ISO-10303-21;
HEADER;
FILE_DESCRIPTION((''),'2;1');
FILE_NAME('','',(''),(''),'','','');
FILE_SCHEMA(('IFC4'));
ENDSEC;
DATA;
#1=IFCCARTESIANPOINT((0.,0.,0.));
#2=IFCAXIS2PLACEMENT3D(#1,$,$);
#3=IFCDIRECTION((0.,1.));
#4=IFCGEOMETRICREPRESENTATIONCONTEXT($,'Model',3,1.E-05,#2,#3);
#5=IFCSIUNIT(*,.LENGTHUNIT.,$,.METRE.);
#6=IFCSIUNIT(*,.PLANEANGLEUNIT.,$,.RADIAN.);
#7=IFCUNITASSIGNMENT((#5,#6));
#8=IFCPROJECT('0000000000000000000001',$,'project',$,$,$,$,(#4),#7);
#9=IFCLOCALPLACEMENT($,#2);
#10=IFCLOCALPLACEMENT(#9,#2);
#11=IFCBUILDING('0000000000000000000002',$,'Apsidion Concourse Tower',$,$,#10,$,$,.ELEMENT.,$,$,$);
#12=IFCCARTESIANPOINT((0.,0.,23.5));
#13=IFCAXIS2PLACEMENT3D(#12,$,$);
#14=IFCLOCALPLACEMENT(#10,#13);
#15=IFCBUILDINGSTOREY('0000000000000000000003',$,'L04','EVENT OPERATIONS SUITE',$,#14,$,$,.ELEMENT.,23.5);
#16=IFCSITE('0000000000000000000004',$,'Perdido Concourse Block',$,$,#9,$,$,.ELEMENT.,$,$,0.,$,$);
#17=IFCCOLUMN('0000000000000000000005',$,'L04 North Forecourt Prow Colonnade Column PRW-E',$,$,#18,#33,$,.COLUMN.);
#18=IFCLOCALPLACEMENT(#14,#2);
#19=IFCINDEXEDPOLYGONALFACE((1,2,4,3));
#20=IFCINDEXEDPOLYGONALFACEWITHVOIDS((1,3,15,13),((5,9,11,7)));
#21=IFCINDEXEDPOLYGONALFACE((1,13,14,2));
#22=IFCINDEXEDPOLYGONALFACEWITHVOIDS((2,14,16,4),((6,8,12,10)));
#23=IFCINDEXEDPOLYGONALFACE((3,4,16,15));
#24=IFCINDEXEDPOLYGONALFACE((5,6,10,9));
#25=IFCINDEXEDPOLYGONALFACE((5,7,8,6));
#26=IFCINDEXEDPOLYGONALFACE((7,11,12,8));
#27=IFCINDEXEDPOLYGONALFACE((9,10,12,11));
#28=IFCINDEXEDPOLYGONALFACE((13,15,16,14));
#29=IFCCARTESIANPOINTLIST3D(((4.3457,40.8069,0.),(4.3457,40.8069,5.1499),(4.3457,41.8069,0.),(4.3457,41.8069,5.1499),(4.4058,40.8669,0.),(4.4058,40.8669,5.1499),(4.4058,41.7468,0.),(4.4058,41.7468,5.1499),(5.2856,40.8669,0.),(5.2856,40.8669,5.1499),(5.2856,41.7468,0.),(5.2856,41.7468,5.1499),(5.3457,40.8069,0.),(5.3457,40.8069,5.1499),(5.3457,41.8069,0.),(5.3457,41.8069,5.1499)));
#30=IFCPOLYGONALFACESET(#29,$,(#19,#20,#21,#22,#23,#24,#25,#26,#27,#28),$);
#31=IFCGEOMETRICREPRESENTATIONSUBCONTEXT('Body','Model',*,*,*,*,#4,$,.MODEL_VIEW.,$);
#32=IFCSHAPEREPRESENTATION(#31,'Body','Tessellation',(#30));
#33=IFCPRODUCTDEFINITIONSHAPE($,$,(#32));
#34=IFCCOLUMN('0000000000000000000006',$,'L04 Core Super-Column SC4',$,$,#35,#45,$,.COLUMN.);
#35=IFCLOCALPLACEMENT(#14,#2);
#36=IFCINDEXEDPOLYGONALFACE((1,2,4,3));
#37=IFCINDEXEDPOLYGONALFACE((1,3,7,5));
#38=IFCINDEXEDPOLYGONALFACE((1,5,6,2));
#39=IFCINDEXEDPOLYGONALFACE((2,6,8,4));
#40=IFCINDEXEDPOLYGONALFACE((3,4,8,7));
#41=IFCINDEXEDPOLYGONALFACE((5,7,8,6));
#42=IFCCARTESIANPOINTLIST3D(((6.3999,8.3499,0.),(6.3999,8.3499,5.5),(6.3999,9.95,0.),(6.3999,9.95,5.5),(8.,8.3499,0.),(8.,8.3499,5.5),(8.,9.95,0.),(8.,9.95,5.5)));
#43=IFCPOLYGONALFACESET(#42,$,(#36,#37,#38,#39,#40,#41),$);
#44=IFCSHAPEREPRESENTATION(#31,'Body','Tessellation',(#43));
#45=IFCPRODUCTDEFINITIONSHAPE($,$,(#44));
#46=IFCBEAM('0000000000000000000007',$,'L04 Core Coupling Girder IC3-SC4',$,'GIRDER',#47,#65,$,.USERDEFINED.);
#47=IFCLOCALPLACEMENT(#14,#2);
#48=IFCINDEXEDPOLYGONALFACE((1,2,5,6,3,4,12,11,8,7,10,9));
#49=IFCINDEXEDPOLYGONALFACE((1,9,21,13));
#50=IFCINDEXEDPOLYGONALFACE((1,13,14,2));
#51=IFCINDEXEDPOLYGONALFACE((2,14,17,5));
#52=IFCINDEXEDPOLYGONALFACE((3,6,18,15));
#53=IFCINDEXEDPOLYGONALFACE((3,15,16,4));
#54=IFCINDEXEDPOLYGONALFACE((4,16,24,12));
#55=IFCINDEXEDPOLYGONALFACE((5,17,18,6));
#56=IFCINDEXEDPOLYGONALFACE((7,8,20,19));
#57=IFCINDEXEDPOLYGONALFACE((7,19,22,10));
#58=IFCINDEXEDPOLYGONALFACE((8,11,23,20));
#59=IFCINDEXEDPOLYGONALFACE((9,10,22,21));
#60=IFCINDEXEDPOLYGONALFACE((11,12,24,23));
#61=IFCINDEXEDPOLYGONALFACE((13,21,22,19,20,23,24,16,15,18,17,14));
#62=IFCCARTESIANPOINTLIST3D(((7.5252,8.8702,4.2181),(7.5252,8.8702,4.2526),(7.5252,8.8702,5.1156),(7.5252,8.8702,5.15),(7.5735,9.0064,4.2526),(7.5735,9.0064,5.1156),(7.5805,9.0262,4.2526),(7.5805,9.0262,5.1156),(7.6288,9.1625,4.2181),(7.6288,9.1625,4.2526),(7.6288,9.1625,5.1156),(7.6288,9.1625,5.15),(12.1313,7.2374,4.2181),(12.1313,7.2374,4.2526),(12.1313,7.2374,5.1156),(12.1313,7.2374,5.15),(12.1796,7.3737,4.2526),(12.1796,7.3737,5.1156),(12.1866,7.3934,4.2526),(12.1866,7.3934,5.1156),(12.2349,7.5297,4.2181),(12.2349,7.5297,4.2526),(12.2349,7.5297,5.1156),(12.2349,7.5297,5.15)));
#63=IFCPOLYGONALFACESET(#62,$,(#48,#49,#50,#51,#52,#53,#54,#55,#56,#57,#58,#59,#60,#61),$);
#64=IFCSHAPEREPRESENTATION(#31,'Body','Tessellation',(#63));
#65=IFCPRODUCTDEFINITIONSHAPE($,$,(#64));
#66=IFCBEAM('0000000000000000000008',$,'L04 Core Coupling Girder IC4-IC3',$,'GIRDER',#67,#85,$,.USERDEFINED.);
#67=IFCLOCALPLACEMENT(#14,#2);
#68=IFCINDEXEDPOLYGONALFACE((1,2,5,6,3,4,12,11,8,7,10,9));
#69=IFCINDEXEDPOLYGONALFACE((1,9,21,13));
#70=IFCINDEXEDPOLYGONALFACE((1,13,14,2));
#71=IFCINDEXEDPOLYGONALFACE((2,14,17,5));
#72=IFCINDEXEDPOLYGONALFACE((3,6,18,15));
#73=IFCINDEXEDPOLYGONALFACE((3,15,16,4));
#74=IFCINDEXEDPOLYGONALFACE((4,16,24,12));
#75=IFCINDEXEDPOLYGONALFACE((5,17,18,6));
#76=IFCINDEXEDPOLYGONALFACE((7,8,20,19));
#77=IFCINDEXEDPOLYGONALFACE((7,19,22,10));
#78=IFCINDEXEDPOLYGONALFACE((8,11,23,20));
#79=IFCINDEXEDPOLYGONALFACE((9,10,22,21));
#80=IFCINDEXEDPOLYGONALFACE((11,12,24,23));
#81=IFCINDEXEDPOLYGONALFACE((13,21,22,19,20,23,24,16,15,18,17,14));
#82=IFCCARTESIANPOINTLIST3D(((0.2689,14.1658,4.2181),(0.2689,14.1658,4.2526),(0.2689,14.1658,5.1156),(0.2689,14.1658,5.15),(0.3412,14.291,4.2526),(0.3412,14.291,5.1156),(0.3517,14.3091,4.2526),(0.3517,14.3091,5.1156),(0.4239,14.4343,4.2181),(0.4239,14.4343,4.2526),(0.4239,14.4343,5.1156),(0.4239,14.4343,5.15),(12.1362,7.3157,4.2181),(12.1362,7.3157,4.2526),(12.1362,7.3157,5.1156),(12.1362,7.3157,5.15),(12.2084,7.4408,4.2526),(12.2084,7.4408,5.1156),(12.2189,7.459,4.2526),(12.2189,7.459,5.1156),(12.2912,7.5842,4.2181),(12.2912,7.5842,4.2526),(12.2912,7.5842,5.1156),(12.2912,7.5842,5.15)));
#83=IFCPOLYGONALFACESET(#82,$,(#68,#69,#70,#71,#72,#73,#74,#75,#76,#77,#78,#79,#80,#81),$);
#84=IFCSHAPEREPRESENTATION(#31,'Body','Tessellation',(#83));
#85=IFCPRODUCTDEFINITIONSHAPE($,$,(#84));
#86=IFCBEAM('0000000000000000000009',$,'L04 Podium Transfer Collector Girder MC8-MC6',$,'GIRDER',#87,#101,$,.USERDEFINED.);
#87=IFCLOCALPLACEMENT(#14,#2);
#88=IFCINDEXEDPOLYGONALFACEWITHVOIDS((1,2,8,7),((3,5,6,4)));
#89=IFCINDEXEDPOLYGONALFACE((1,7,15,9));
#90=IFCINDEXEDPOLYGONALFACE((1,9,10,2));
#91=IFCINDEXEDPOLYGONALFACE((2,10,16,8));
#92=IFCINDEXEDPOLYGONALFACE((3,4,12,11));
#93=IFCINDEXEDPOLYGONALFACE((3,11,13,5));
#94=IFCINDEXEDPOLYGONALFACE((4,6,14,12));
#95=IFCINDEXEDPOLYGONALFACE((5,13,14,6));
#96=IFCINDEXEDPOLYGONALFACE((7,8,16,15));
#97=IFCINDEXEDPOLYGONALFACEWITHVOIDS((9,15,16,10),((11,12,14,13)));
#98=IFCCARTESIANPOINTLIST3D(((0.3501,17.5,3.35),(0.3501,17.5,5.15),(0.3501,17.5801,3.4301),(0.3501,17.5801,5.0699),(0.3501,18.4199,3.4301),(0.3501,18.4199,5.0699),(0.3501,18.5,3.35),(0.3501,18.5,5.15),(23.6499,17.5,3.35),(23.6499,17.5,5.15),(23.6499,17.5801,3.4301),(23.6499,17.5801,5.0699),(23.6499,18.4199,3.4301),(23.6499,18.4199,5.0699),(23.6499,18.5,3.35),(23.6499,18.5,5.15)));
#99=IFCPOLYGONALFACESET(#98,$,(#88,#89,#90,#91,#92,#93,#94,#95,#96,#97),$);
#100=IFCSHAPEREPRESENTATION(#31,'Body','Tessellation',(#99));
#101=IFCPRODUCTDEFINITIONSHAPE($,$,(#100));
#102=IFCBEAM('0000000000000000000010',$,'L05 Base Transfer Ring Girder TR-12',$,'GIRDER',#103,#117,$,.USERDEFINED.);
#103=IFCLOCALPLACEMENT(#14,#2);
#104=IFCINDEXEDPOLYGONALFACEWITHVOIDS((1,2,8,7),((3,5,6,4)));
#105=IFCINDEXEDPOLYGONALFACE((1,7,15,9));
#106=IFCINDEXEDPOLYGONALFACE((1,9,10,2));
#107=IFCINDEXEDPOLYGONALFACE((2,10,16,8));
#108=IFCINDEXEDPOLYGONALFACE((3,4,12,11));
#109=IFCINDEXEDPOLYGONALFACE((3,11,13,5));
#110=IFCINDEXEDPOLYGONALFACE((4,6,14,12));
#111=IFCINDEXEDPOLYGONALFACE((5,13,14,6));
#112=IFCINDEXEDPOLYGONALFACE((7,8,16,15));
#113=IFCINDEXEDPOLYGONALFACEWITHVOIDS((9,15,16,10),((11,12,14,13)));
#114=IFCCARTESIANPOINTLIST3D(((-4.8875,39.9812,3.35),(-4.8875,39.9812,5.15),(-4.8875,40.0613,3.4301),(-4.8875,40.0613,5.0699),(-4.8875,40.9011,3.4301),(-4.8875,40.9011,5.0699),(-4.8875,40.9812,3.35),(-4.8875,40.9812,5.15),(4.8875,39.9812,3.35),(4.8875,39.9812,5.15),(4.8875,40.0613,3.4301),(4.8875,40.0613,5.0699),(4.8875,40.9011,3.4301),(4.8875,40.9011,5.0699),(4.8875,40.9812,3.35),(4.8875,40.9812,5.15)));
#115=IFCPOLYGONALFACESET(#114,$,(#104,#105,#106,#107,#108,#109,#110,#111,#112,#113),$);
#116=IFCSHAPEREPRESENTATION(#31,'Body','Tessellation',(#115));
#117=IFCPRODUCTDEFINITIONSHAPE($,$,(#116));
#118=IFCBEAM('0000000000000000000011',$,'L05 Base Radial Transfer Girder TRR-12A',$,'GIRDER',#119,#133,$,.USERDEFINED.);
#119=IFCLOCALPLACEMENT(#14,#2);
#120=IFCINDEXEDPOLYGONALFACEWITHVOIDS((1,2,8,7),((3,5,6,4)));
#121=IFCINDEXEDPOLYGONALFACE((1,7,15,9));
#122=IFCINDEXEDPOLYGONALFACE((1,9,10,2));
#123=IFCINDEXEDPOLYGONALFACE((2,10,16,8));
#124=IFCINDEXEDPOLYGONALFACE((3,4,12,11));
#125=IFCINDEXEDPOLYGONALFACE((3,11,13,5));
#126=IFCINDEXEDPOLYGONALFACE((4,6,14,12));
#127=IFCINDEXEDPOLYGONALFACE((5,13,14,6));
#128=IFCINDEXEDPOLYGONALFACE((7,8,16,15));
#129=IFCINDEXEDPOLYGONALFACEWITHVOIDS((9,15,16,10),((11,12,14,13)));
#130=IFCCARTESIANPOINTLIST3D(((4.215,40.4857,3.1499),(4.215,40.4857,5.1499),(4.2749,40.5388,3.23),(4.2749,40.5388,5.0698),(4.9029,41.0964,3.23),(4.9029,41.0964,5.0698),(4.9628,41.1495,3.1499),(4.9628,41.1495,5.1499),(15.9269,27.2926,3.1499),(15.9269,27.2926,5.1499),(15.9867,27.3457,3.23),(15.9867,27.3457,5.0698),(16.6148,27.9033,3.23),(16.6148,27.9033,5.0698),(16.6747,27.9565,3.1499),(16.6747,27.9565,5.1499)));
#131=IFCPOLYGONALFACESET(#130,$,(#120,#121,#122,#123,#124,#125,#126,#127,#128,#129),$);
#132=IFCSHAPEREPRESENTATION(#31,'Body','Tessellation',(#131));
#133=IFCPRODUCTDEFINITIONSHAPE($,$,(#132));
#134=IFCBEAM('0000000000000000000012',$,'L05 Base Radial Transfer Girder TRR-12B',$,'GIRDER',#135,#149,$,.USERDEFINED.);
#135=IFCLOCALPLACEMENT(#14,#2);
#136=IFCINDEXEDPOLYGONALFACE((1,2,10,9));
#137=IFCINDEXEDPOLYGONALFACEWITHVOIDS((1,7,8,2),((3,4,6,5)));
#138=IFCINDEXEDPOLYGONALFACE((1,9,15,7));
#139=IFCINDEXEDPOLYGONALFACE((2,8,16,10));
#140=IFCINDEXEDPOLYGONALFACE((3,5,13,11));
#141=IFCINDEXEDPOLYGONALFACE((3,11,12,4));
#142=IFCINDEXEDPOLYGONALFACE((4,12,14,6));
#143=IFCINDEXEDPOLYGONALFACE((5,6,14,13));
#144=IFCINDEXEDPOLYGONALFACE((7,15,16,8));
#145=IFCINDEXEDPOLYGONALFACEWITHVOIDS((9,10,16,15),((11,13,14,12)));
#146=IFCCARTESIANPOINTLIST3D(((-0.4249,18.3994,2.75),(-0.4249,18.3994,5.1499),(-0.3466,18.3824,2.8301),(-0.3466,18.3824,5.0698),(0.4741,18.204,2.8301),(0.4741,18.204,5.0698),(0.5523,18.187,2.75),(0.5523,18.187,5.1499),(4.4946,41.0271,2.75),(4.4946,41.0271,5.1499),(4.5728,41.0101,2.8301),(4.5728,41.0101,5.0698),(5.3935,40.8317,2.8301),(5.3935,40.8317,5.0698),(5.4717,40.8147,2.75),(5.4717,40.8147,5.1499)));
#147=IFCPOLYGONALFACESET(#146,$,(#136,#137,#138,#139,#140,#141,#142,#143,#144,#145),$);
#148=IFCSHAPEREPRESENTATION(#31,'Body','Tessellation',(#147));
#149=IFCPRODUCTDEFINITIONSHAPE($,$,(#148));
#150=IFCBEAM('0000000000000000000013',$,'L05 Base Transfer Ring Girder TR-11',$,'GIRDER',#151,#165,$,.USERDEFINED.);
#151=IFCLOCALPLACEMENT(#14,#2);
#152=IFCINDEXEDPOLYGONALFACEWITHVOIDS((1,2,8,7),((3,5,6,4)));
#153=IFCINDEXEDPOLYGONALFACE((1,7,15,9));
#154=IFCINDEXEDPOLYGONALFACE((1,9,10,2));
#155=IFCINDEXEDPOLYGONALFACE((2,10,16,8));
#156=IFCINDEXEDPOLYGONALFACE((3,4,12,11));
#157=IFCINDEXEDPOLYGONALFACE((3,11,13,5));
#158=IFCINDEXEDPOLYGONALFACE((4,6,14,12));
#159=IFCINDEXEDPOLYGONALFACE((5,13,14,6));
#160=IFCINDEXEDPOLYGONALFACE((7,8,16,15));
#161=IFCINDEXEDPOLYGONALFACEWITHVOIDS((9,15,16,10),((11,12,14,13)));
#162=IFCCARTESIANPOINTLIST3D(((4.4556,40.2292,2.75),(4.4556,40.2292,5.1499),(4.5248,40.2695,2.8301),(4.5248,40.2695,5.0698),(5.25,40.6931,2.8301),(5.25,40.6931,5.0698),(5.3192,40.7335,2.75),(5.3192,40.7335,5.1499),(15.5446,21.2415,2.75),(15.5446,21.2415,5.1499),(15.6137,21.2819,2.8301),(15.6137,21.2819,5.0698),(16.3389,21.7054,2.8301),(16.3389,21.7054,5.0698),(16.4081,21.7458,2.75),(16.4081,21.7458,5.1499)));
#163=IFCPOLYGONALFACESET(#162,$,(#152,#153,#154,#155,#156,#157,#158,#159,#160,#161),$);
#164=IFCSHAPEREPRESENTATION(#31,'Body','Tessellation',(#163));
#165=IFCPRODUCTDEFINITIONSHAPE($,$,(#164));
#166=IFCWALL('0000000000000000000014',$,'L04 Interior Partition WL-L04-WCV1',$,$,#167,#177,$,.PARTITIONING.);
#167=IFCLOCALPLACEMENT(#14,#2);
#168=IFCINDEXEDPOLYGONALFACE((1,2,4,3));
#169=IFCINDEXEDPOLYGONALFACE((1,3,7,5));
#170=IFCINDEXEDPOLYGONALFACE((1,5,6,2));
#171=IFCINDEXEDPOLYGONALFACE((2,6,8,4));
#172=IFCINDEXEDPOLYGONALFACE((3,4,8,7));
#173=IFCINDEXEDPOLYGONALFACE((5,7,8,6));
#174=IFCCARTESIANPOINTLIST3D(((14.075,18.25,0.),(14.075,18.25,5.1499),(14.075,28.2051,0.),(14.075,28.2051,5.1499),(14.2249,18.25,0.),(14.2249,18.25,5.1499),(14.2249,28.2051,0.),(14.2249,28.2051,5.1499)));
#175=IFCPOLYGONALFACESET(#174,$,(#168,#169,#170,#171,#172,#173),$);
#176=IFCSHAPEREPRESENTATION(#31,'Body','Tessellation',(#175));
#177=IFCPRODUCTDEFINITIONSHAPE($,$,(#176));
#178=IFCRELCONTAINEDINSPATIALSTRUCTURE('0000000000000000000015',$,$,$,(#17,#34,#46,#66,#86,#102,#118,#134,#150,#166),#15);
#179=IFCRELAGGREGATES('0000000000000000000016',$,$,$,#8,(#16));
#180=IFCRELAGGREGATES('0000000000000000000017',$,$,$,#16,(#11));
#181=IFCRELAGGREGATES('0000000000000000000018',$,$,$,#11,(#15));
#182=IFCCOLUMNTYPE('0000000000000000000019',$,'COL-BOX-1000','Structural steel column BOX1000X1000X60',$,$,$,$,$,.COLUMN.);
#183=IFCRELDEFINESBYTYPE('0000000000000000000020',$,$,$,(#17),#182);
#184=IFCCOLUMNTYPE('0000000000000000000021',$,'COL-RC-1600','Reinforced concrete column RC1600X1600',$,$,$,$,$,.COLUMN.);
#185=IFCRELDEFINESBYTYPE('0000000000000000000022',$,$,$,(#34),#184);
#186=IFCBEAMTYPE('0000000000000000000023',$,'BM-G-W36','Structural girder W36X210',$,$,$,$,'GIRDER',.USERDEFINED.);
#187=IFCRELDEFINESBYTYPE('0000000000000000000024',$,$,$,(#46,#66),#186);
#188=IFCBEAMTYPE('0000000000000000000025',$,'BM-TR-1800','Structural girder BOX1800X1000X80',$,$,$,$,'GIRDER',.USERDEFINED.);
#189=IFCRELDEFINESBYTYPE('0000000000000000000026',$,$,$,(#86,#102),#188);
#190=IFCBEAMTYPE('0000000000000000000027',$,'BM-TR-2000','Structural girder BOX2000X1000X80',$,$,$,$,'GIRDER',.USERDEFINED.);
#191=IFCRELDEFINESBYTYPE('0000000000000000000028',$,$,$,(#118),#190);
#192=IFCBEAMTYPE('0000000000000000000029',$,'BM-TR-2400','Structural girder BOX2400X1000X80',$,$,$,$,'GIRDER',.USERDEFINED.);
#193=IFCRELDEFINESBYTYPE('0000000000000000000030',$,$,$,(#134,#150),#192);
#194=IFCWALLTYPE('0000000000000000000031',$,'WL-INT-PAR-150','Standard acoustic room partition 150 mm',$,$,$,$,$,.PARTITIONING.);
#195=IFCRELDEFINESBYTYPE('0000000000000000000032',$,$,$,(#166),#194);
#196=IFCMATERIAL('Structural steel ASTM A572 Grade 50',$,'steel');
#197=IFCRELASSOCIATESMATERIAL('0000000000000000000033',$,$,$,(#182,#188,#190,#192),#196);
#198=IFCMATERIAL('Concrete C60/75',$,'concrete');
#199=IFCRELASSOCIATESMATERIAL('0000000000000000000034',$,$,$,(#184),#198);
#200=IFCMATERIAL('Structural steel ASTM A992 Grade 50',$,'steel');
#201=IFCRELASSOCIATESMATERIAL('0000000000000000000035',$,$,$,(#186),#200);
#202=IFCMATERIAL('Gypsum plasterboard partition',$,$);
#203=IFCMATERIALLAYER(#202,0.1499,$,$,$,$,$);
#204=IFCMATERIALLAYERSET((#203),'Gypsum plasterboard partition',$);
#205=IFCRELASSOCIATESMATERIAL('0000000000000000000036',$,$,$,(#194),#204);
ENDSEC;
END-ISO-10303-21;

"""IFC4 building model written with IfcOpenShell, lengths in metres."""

from ifc_helpers import new_model, si_unit, direction, frame, frame_2d, origin, origin_2d, place, context, subcontext, project, spatial, rectangle, hollow_rectangle, i_section, extrude, material, layer, layer_set, material_profile, profile_set, type_object, element, save


model = new_model("IFC4")

# Units and contexts
model_context = context("Model", 3, precision=1e-05, world=origin(), true_north=direction((0.0, 1.0)))
body_context = subcontext(model_context, "Body", "Model", "MODEL_VIEW")
ifc_project = project(units=[si_unit("LENGTHUNIT", "METRE"), si_unit("PLANEANGLEUNIT", "RADIAN")], contexts=[model_context])

# Site, building, storey
site_placement = place(None, origin())
site = spatial("IfcSite", under=ifc_project, at=site_placement, Name="Perdido Concourse Block", CompositionType="ELEMENT", RefElevation=0.0)
building_placement = place(site_placement, origin())
building = spatial("IfcBuilding", under=site, at=building_placement, Name="Apsidion Concourse Tower", CompositionType="ELEMENT")
storey_placement = place(building_placement, frame((0.0, 0.0, 23.5)))
storey = spatial("IfcBuildingStorey", under=building, at=storey_placement, Name="L04", Description="EVENT OPERATIONS SUITE", CompositionType="ELEMENT", Elevation=23.5)

# Columns
ifc_material_1 = material(Name="Structural steel ASTM A572 Grade 50", Category="steel")
ifc_material_profile_1 = material_profile(ifc_material_1, hollow_rectangle(XDim=1.0, YDim=1.0, WallThickness=0.0601, at=origin_2d()), Name="BOX1000X1000X60")
ifc_profile_set_1 = profile_set([ifc_material_profile_1], Name="Structural steel ASTM A572 Grade 50")
column_type_1 = type_object("IfcColumnType", Name="COL-BOX-1000", Description="Structural steel column BOX1000X1000X60", PredefinedType="COLUMN", material=ifc_profile_set_1)
column_1_placement = place(storey_placement, frame((4.8457, 41.3069, 0.0), z_axis=(0.0, 0.0, 1.0), x_axis=(1.0, 0.0, 0.0)))
element("IfcColumn", 1, at=column_1_placement, inside=storey, type_object=column_type_1, Name="L04 North Forecourt Prow Colonnade Column PRW-E", PredefinedType="COLUMN", context=body_context, shape_type="SweptSolid", body=[
    extrude(hollow_rectangle(XDim=1.0, YDim=1.0, WallThickness=0.0601, at=origin_2d()), origin(), (0.0, 0.0, 1.0), 5.1499),
])
ifc_material_2 = material(Name="Concrete C60/75", Category="concrete")
ifc_material_profile_2 = material_profile(ifc_material_2, rectangle(XDim=1.6001, YDim=1.6001, at=origin_2d()), Name="RC 1600x1600")
ifc_profile_set_2 = profile_set([ifc_material_profile_2], Name="Concrete C60/75")
column_type_2 = type_object("IfcColumnType", Name="COL-RC-1600", Description="Reinforced concrete column RC1600X1600", PredefinedType="COLUMN", material=ifc_profile_set_2)
column_2_placement = place(storey_placement, frame((7.2, 9.1499, 0.0), z_axis=(0.0, 0.0, 1.0), x_axis=(1.0, 0.0, 0.0)))
element("IfcColumn", 2, at=column_2_placement, inside=storey, type_object=column_type_2, Name="L04 Core Super-Column SC4", PredefinedType="COLUMN", context=body_context, shape_type="SweptSolid", body=[
    extrude(rectangle(XDim=1.6001, YDim=1.6001, at=origin_2d()), origin(), (0.0, 0.0, 1.0), 5.5),
])

# Beams
ifc_material_3 = material(Name="Structural steel ASTM A992 Grade 50", Category="steel")
ifc_material_profile_3 = material_profile(ifc_material_3, i_section(OverallWidth=0.3101, OverallDepth=0.9319, WebThickness=0.021, FlangeThickness=0.0344, at=origin_2d()), Name="W36X210")
ifc_profile_set_3 = profile_set([ifc_material_profile_3], Name="Structural steel ASTM A992 Grade 50")
beam_type_1 = type_object("IfcBeamType", Name="BM-G-W36", Description="Structural girder W36X210", ElementType="GIRDER", PredefinedType="USERDEFINED", material=ifc_profile_set_3)
beam_1_placement = place(storey_placement, frame((12.1831, 7.3835, 4.6841), z_axis=(-0.942534, 0.334111, 0.0), x_axis=(-0.334111, -0.942534, 0.0)))
element("IfcBeam", 3, at=beam_1_placement, inside=storey, type_object=beam_type_1, Name="L04 Core Coupling Girder IC3-SC4", ObjectType="GIRDER", PredefinedType="USERDEFINED", context=body_context, shape_type="SweptSolid", body=[
    extrude(i_section(OverallWidth=0.3101, OverallDepth=0.9319, WebThickness=0.021, FlangeThickness=0.0344, at=origin_2d()), origin(), (0.0, 0.0, 1.0), 4.887),
])
beam_2_placement = place(storey_placement, frame((0.3464, 14.3, 4.6841), z_axis=(0.86607, -0.499922, 0.0), x_axis=(0.499922, 0.86607, 0.0)))
element("IfcBeam", 4, at=beam_2_placement, inside=storey, type_object=beam_type_1, Name="L04 Core Coupling Girder IC4-IC3", ObjectType="GIRDER", PredefinedType="USERDEFINED", context=body_context, shape_type="SweptSolid", body=[
    extrude(i_section(OverallWidth=0.3101, OverallDepth=0.9319, WebThickness=0.021, FlangeThickness=0.0344, at=origin_2d()), origin(), (0.0, 0.0, 1.0), 13.7024),
])
ifc_material_profile_4 = material_profile(ifc_material_1, hollow_rectangle(XDim=1.0, YDim=1.8, WallThickness=0.0801, at=origin_2d()), Name="BOX1800X1000X80")
ifc_profile_set_4 = profile_set([ifc_material_profile_4], Name="Structural steel ASTM A572 Grade 50")
beam_type_2 = type_object("IfcBeamType", Name="BM-TR-1800", Description="Structural girder BOX1800X1000X80", ElementType="GIRDER", PredefinedType="USERDEFINED", material=ifc_profile_set_4)
beam_3_placement = place(storey_placement, frame((0.3501, 18.0, 4.25), z_axis=(1.0, 0.0, 0.0), x_axis=(0.0, 1.0, 0.0)))
element("IfcBeam", 5, at=beam_3_placement, inside=storey, type_object=beam_type_2, Name="L04 Podium Transfer Collector Girder MC8-MC6", ObjectType="GIRDER", PredefinedType="USERDEFINED", context=body_context, shape_type="SweptSolid", body=[
    extrude(hollow_rectangle(XDim=1.0, YDim=1.8, WallThickness=0.0801, at=origin_2d()), origin(), (0.0, 0.0, 1.0), 23.2998),
])
beam_4_placement = place(storey_placement, frame((4.8875, 40.4812, 4.25), z_axis=(-1.0, 0.0, 0.0), x_axis=(0.0, -1.0, 0.0)))
element("IfcBeam", 6, at=beam_4_placement, inside=storey, type_object=beam_type_2, Name="L05 Base Transfer Ring Girder TR-12", ObjectType="GIRDER", PredefinedType="USERDEFINED", context=body_context, shape_type="SweptSolid", body=[
    extrude(hollow_rectangle(XDim=1.0, YDim=1.8, WallThickness=0.0801, at=origin_2d()), origin(), (0.0, 0.0, 1.0), 9.7749),
])
ifc_material_profile_5 = material_profile(ifc_material_1, hollow_rectangle(XDim=1.0, YDim=2.0, WallThickness=0.0801, at=origin_2d()), Name="BOX2000X1000X80")
ifc_profile_set_5 = profile_set([ifc_material_profile_5], Name="Structural steel ASTM A572 Grade 50")
beam_type_3 = type_object("IfcBeamType", Name="BM-TR-2000", Description="Structural girder BOX2000X1000X80", ElementType="GIRDER", PredefinedType="USERDEFINED", material=ifc_profile_set_5)
beam_5_placement = place(storey_placement, frame((16.3008, 27.6245, 4.1499), z_axis=(-0.663879, 0.74784, 0.0), x_axis=(-0.74784, -0.663879, 0.0)))
element("IfcBeam", 7, at=beam_5_placement, inside=storey, type_object=beam_type_3, Name="L05 Base Radial Transfer Girder TRR-12A", ObjectType="GIRDER", PredefinedType="USERDEFINED", context=body_context, shape_type="SweptSolid", body=[
    extrude(hollow_rectangle(XDim=1.0, YDim=2.0, WallThickness=0.0801, at=origin_2d()), origin(), (0.0, 0.0, 1.0), 17.6416),
])
ifc_material_profile_6 = material_profile(ifc_material_1, hollow_rectangle(XDim=1.0, YDim=2.3999, WallThickness=0.0801, at=origin_2d()), Name="BOX2400X1000X80")
ifc_profile_set_6 = profile_set([ifc_material_profile_6], Name="Structural steel ASTM A572 Grade 50")
beam_type_4 = type_object("IfcBeamType", Name="BM-TR-2400", Description="Structural girder BOX2400X1000X80", ElementType="GIRDER", PredefinedType="USERDEFINED", material=ifc_profile_set_6)
beam_6_placement = place(storey_placement, frame((0.0637, 18.2932, 3.95), z_axis=(0.212445, 0.977173, 0.0), x_axis=(-0.977173, 0.212445, 0.0)))
element("IfcBeam", 8, at=beam_6_placement, inside=storey, type_object=beam_type_4, Name="L05 Base Radial Transfer Girder TRR-12B", ObjectType="GIRDER", PredefinedType="USERDEFINED", context=body_context, shape_type="SweptSolid", body=[
    extrude(hollow_rectangle(XDim=1.0, YDim=2.3999, WallThickness=0.0801, at=origin_2d()), origin(), (0.0, 0.0, 1.0), 23.1562),
])
beam_7_placement = place(storey_placement, frame((15.9763, 21.4937, 3.95), z_axis=(-0.504305, 0.863525, 0.0), x_axis=(-0.863525, -0.504305, 0.0)))
element("IfcBeam", 9, at=beam_7_placement, inside=storey, type_object=beam_type_4, Name="L05 Base Transfer Ring Girder TR-11", ObjectType="GIRDER", PredefinedType="USERDEFINED", context=body_context, shape_type="SweptSolid", body=[
    extrude(hollow_rectangle(XDim=1.0, YDim=2.3999, WallThickness=0.0801, at=origin_2d()), origin(), (0.0, 0.0, 1.0), 21.9885),
])

# Wall
ifc_material_4 = material(Name="Gypsum plasterboard partition")
ifc_layer_1 = layer(ifc_material_4, 0.1499)
ifc_layer_set_1 = layer_set([ifc_layer_1], Name="Gypsum plasterboard partition")
wall_type_1 = type_object("IfcWallType", Name="WL-INT-PAR-150", Description="Standard acoustic room partition 150 mm", PredefinedType="PARTITIONING", material=ifc_layer_set_1)
wall_1_placement = place(storey_placement, frame((14.1499, 18.25, 0.0), z_axis=(0.0, 0.0, 1.0), x_axis=(0.0, 1.0, 0.0)))
element("IfcWall", 10, at=wall_1_placement, inside=storey, type_object=wall_type_1, Name="L04 Interior Partition WL-L04-WCV1", PredefinedType="PARTITIONING", context=body_context, shape_type="SweptSolid", body=[
    extrude(rectangle(XDim=9.9551, YDim=0.1499, at=frame_2d((4.9775, 0.0))), origin(), (0.0, 0.0, 1.0), 5.1499),
])

save(model, "model.ifc")
